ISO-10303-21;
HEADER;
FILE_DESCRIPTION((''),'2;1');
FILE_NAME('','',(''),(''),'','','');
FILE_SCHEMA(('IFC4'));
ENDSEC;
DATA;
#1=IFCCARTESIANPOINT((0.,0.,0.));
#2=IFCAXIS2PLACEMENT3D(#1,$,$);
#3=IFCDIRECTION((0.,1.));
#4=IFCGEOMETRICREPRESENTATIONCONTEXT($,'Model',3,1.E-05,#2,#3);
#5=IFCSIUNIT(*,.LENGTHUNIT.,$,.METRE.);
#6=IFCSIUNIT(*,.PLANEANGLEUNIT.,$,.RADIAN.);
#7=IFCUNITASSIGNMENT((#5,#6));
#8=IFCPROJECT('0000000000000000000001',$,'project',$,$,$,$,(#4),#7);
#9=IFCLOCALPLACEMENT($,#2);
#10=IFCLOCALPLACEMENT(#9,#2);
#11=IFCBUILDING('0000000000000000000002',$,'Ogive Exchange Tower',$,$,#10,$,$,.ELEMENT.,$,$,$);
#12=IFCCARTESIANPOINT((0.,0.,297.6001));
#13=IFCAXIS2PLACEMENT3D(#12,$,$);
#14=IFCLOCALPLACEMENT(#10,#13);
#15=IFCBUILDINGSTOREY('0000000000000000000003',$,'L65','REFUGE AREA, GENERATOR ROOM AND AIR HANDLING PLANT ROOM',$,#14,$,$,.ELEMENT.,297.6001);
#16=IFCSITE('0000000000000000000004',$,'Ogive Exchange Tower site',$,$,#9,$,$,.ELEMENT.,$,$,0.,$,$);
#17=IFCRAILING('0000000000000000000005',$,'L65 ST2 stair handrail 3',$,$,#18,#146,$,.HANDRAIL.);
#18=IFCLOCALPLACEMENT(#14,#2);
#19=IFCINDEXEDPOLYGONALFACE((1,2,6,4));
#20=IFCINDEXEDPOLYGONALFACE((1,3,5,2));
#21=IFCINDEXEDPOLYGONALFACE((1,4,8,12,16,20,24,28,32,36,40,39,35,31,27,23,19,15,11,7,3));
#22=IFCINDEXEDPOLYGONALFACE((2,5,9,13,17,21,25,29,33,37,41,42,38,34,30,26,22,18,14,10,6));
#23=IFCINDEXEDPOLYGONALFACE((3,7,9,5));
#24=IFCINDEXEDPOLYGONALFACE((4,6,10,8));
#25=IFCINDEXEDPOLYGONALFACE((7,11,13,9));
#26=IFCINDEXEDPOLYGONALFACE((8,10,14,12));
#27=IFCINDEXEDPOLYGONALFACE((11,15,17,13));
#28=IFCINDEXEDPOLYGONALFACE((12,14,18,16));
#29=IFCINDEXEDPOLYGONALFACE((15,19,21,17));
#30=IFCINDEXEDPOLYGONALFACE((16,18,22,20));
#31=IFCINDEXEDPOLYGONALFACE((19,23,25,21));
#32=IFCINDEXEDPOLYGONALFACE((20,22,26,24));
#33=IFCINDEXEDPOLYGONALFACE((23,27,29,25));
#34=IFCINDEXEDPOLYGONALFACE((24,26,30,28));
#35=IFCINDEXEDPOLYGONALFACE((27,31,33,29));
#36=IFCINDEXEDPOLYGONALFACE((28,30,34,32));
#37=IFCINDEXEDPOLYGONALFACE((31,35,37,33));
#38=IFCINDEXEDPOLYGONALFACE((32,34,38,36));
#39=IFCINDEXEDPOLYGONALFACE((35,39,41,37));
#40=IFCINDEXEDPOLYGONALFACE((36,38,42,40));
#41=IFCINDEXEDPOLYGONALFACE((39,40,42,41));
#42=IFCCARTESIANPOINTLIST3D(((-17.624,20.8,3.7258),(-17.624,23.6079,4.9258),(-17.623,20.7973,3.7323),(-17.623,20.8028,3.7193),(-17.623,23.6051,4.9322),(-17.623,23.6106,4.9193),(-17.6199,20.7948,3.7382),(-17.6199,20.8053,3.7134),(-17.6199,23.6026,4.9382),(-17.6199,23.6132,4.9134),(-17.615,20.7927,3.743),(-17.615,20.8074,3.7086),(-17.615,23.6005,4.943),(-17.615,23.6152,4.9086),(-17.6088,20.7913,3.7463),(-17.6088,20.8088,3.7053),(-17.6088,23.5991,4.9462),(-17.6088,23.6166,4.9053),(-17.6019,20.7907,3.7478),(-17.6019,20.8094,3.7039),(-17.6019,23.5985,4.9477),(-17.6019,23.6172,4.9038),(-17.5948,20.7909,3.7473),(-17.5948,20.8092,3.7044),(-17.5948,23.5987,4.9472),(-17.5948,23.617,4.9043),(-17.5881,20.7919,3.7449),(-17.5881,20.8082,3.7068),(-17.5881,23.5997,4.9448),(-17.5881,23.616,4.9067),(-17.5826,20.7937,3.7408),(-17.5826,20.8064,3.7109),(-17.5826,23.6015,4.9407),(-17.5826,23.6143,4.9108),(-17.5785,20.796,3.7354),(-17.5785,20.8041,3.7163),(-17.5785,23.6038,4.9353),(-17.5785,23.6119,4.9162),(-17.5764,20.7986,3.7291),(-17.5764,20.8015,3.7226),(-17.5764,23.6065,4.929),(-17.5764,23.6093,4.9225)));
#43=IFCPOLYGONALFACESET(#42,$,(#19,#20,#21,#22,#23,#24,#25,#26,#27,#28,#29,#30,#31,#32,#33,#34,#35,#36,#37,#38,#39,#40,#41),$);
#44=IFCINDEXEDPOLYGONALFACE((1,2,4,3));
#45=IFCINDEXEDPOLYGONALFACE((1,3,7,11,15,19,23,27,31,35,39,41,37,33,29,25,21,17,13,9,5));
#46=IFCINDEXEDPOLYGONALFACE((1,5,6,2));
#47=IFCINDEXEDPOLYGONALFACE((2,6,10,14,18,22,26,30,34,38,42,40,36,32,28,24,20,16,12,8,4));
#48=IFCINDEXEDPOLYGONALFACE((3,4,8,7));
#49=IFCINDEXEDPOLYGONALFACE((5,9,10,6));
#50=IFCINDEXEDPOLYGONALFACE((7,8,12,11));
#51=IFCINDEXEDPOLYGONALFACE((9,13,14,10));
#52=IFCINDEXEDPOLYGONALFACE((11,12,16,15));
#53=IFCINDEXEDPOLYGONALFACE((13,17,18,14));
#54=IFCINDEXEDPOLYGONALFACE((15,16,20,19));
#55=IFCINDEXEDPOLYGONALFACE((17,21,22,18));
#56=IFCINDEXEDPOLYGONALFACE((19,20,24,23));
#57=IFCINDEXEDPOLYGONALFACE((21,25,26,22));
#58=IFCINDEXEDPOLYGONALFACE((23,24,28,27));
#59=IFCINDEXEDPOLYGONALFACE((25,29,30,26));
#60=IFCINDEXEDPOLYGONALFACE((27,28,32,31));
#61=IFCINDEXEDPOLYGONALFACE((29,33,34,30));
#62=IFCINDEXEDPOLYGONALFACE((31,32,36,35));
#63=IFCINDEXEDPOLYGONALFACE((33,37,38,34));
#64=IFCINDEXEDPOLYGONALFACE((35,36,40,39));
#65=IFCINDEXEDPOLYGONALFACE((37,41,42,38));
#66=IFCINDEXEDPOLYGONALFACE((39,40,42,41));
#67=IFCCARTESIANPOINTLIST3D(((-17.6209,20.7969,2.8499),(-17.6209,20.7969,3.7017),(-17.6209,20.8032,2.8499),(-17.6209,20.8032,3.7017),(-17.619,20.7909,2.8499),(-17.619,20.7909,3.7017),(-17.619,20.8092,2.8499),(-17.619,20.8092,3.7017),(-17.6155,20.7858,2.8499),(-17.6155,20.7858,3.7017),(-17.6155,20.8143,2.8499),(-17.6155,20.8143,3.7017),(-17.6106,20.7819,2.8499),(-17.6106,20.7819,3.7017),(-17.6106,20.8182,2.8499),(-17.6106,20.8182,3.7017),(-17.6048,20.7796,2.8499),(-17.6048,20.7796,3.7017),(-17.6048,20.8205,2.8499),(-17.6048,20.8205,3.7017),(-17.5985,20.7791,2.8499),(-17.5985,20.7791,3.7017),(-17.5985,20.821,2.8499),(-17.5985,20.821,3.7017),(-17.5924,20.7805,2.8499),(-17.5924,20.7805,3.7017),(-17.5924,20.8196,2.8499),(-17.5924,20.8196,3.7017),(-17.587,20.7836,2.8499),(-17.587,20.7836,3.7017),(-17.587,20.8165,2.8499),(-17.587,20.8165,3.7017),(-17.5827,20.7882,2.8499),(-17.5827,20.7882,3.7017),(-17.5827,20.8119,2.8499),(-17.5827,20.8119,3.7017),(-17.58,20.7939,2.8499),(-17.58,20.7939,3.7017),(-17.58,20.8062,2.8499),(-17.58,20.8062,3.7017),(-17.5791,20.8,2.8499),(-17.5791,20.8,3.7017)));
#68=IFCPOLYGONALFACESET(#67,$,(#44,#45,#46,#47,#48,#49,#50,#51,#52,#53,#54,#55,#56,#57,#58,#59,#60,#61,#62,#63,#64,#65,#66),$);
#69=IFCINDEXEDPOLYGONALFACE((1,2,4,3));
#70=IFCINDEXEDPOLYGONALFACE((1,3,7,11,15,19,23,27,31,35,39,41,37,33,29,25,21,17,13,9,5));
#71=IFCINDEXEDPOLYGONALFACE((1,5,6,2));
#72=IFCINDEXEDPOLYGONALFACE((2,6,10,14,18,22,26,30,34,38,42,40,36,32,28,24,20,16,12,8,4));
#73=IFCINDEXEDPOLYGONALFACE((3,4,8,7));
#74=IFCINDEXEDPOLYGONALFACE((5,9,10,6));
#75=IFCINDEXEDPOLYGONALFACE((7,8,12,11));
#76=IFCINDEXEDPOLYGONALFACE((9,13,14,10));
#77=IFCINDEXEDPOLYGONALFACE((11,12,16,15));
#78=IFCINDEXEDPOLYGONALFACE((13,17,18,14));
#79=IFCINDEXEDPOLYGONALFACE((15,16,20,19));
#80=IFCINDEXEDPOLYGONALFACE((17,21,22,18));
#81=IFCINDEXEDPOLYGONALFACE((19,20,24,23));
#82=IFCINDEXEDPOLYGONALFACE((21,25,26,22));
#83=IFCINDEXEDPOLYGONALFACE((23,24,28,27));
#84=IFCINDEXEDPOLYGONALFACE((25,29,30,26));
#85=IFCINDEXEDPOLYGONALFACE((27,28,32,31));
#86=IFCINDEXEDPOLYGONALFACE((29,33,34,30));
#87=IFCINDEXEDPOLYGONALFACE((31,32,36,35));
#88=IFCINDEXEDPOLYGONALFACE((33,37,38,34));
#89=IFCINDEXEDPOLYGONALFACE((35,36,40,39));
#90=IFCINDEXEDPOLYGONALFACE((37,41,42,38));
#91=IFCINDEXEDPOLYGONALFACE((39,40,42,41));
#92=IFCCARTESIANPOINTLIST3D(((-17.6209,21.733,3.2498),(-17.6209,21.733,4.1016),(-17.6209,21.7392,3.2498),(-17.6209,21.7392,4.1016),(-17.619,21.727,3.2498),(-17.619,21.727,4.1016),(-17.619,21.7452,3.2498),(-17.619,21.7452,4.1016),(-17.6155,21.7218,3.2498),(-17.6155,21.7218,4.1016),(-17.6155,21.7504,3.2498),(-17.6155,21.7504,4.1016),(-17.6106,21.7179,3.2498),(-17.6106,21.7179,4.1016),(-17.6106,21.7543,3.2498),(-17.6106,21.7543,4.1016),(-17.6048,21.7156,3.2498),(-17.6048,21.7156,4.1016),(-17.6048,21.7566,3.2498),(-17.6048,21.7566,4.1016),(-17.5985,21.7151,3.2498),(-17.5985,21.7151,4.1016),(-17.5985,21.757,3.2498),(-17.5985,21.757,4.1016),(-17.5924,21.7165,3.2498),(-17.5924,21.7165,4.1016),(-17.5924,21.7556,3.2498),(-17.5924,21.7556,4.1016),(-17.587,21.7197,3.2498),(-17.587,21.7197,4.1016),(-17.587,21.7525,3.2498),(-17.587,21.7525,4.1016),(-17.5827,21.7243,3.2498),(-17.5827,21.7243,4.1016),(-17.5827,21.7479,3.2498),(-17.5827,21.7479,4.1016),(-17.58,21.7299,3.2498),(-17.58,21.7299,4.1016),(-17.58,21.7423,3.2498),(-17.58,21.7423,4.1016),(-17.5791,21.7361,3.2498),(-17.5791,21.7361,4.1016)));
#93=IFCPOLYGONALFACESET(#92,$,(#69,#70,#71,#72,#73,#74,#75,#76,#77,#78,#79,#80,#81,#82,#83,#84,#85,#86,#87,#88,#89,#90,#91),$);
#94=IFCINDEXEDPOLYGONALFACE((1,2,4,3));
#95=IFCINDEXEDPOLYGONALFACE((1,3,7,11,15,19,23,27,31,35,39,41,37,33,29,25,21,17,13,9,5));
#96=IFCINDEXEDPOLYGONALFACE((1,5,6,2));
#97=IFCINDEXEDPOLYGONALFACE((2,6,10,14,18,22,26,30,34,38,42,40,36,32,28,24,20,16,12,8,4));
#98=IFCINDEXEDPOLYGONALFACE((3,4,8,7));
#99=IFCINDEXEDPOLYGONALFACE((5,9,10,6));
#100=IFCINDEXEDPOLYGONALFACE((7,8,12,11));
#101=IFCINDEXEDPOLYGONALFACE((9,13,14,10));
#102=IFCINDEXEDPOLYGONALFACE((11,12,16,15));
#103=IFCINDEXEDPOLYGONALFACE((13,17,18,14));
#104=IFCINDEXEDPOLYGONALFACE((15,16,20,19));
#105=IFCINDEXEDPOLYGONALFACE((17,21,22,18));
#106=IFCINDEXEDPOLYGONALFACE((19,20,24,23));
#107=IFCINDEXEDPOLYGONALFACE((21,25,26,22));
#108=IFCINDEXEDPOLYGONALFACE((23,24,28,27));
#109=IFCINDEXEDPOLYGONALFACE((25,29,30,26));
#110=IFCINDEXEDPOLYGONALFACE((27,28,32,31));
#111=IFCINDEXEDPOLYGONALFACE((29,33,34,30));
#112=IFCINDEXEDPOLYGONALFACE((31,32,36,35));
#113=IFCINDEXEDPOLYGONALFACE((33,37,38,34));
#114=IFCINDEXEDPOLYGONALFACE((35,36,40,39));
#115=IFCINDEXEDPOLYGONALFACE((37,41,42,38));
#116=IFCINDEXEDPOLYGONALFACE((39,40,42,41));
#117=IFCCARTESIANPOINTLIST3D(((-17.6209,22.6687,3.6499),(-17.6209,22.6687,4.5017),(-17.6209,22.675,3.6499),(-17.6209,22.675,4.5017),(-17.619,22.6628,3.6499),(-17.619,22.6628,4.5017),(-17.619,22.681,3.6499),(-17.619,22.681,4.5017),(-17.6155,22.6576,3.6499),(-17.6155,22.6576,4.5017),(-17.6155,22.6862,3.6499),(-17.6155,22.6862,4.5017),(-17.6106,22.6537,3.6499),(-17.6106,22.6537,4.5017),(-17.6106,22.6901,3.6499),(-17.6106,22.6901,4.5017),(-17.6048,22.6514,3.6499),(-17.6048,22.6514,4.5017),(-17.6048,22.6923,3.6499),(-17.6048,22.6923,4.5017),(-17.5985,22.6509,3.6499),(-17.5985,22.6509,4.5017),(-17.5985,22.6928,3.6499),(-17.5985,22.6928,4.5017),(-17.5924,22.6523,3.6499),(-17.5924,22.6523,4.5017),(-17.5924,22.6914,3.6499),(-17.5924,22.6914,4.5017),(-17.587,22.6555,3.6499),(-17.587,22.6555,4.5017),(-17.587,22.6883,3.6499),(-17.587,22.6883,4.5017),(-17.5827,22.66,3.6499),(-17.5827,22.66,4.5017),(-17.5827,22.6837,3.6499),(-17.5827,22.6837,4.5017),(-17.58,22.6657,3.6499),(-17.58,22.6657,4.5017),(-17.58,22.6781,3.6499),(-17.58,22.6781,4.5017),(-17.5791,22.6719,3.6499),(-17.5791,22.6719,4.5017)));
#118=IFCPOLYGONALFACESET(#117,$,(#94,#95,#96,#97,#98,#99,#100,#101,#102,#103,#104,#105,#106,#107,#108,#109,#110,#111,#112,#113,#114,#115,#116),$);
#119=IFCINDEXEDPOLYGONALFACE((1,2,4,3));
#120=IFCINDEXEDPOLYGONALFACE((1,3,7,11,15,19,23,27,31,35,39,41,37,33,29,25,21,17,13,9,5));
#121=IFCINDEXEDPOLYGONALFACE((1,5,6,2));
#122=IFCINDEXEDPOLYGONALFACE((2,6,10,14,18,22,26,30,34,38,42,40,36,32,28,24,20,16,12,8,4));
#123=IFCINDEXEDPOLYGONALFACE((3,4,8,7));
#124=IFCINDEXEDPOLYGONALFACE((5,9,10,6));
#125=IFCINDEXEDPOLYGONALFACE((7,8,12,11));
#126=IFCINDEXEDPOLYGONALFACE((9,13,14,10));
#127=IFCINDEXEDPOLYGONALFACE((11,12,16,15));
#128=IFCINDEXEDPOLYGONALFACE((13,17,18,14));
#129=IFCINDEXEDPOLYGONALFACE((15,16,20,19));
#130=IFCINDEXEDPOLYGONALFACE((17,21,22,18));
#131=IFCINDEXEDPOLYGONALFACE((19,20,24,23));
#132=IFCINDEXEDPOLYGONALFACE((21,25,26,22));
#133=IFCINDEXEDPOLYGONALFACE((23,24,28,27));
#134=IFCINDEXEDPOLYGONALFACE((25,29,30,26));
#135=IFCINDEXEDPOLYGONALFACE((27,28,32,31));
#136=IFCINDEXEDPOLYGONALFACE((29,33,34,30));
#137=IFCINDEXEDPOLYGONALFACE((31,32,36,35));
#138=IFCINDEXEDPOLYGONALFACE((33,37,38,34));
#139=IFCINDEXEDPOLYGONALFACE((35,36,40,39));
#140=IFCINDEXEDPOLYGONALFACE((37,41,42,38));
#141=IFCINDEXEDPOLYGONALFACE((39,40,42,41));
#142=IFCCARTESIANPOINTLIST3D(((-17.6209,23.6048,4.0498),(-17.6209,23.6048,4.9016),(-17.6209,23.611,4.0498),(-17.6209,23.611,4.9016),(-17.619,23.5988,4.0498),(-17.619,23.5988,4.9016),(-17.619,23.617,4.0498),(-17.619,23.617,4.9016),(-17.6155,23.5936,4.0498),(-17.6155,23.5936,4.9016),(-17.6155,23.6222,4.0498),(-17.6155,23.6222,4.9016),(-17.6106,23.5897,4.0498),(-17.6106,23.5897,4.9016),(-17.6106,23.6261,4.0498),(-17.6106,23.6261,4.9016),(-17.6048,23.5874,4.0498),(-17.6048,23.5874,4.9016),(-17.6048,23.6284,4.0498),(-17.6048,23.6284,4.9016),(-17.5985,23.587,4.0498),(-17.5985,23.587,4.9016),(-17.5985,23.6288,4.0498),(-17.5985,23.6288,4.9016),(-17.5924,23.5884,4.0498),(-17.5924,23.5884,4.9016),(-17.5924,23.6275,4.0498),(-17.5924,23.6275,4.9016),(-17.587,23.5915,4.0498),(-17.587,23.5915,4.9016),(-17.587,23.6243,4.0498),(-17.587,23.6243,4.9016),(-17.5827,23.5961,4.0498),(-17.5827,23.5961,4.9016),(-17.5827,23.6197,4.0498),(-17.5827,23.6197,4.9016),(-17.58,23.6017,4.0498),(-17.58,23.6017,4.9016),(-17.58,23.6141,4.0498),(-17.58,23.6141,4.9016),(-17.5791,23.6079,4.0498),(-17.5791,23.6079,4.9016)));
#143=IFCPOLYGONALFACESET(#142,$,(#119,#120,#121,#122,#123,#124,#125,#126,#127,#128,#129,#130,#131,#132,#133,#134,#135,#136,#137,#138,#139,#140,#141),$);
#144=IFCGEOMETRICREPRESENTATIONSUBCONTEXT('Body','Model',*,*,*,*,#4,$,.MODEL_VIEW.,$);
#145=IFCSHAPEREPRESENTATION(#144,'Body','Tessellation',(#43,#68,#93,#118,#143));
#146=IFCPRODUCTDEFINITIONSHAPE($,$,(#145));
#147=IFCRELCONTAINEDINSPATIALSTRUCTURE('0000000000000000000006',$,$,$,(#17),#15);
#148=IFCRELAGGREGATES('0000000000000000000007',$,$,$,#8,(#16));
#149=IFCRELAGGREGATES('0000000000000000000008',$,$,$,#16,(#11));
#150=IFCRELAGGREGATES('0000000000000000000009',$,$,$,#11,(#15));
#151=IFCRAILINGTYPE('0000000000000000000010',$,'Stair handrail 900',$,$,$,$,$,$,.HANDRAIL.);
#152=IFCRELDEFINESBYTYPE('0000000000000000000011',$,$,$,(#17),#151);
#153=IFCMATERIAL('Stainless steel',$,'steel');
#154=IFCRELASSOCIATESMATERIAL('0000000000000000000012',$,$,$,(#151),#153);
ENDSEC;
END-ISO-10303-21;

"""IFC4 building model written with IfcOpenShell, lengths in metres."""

from ifc_helpers import new_model, si_unit, direction, frame, origin, origin_2d, place, context, subcontext, project, spatial, circle, extrude, material, type_object, element, save


model = new_model("IFC4")

# Units and contexts
model_context = context("Model", 3, precision=1e-05, world=origin(), true_north=direction((0.0, 1.0)))
body_context = subcontext(model_context, "Body", "Model", "MODEL_VIEW")
ifc_project = project(units=[si_unit("LENGTHUNIT", "METRE"), si_unit("PLANEANGLEUNIT", "RADIAN")], contexts=[model_context])

# Site, building, storey
site_placement = place(None, origin())
site = spatial("IfcSite", under=ifc_project, at=site_placement, Name="Ogive Exchange Tower site", CompositionType="ELEMENT", RefElevation=0.0)
building_placement = place(site_placement, origin())
building = spatial("IfcBuilding", under=site, at=building_placement, Name="Ogive Exchange Tower", CompositionType="ELEMENT")
storey_placement = place(building_placement, frame((0.0, 0.0, 297.6001)))
storey = spatial("IfcBuildingStorey", under=building, at=storey_placement, Name="L65", Description="REFUGE AREA, GENERATOR ROOM AND AIR HANDLING PLANT ROOM", CompositionType="ELEMENT", Elevation=297.6001)

# Railing
ifc_material_1 = material(Name="Stainless steel", Category="steel")
railing_type = type_object("IfcRailingType", Name="Stair handrail 900", PredefinedType="HANDRAIL", material=ifc_material_1)
for number, where, name in (
    (1, (-17.6001, 20.8, 2.8499), "L65 ST2 stair handrail 3"),
):
    element("IfcRailing", number, at=place(storey_placement, frame(where)), inside=storey, type_object=railing_type, Name=name, PredefinedType="HANDRAIL", context=body_context, shape_type="SweptSolid", body=[
        extrude(circle(Radius=0.0239, at=origin_2d()), frame((0.0, 0.0, 0.876), z_axis=(0.0, 0.91955, 0.392973), x_axis=(-1.0, 0.0, 0.0)), (0.0, 0.0, 1.0), 3.0535),
        extrude(circle(Radius=0.021, at=origin_2d()), origin(), (0.0, 0.0, 1.0), 0.8518),
        extrude(circle(Radius=0.021, at=origin_2d()), frame((0.0, 0.936, 0.3999)), (0.0, 0.0, 1.0), 0.8518),
        extrude(circle(Radius=0.021, at=origin_2d()), frame((0.0, 1.8718, 0.8)), (0.0, 0.0, 1.0), 0.8518),
        extrude(circle(Radius=0.021, at=origin_2d()), frame((0.0, 2.8079, 1.2)), (0.0, 0.0, 1.0), 0.8518),
    ])

save(model, "model.ifc")
